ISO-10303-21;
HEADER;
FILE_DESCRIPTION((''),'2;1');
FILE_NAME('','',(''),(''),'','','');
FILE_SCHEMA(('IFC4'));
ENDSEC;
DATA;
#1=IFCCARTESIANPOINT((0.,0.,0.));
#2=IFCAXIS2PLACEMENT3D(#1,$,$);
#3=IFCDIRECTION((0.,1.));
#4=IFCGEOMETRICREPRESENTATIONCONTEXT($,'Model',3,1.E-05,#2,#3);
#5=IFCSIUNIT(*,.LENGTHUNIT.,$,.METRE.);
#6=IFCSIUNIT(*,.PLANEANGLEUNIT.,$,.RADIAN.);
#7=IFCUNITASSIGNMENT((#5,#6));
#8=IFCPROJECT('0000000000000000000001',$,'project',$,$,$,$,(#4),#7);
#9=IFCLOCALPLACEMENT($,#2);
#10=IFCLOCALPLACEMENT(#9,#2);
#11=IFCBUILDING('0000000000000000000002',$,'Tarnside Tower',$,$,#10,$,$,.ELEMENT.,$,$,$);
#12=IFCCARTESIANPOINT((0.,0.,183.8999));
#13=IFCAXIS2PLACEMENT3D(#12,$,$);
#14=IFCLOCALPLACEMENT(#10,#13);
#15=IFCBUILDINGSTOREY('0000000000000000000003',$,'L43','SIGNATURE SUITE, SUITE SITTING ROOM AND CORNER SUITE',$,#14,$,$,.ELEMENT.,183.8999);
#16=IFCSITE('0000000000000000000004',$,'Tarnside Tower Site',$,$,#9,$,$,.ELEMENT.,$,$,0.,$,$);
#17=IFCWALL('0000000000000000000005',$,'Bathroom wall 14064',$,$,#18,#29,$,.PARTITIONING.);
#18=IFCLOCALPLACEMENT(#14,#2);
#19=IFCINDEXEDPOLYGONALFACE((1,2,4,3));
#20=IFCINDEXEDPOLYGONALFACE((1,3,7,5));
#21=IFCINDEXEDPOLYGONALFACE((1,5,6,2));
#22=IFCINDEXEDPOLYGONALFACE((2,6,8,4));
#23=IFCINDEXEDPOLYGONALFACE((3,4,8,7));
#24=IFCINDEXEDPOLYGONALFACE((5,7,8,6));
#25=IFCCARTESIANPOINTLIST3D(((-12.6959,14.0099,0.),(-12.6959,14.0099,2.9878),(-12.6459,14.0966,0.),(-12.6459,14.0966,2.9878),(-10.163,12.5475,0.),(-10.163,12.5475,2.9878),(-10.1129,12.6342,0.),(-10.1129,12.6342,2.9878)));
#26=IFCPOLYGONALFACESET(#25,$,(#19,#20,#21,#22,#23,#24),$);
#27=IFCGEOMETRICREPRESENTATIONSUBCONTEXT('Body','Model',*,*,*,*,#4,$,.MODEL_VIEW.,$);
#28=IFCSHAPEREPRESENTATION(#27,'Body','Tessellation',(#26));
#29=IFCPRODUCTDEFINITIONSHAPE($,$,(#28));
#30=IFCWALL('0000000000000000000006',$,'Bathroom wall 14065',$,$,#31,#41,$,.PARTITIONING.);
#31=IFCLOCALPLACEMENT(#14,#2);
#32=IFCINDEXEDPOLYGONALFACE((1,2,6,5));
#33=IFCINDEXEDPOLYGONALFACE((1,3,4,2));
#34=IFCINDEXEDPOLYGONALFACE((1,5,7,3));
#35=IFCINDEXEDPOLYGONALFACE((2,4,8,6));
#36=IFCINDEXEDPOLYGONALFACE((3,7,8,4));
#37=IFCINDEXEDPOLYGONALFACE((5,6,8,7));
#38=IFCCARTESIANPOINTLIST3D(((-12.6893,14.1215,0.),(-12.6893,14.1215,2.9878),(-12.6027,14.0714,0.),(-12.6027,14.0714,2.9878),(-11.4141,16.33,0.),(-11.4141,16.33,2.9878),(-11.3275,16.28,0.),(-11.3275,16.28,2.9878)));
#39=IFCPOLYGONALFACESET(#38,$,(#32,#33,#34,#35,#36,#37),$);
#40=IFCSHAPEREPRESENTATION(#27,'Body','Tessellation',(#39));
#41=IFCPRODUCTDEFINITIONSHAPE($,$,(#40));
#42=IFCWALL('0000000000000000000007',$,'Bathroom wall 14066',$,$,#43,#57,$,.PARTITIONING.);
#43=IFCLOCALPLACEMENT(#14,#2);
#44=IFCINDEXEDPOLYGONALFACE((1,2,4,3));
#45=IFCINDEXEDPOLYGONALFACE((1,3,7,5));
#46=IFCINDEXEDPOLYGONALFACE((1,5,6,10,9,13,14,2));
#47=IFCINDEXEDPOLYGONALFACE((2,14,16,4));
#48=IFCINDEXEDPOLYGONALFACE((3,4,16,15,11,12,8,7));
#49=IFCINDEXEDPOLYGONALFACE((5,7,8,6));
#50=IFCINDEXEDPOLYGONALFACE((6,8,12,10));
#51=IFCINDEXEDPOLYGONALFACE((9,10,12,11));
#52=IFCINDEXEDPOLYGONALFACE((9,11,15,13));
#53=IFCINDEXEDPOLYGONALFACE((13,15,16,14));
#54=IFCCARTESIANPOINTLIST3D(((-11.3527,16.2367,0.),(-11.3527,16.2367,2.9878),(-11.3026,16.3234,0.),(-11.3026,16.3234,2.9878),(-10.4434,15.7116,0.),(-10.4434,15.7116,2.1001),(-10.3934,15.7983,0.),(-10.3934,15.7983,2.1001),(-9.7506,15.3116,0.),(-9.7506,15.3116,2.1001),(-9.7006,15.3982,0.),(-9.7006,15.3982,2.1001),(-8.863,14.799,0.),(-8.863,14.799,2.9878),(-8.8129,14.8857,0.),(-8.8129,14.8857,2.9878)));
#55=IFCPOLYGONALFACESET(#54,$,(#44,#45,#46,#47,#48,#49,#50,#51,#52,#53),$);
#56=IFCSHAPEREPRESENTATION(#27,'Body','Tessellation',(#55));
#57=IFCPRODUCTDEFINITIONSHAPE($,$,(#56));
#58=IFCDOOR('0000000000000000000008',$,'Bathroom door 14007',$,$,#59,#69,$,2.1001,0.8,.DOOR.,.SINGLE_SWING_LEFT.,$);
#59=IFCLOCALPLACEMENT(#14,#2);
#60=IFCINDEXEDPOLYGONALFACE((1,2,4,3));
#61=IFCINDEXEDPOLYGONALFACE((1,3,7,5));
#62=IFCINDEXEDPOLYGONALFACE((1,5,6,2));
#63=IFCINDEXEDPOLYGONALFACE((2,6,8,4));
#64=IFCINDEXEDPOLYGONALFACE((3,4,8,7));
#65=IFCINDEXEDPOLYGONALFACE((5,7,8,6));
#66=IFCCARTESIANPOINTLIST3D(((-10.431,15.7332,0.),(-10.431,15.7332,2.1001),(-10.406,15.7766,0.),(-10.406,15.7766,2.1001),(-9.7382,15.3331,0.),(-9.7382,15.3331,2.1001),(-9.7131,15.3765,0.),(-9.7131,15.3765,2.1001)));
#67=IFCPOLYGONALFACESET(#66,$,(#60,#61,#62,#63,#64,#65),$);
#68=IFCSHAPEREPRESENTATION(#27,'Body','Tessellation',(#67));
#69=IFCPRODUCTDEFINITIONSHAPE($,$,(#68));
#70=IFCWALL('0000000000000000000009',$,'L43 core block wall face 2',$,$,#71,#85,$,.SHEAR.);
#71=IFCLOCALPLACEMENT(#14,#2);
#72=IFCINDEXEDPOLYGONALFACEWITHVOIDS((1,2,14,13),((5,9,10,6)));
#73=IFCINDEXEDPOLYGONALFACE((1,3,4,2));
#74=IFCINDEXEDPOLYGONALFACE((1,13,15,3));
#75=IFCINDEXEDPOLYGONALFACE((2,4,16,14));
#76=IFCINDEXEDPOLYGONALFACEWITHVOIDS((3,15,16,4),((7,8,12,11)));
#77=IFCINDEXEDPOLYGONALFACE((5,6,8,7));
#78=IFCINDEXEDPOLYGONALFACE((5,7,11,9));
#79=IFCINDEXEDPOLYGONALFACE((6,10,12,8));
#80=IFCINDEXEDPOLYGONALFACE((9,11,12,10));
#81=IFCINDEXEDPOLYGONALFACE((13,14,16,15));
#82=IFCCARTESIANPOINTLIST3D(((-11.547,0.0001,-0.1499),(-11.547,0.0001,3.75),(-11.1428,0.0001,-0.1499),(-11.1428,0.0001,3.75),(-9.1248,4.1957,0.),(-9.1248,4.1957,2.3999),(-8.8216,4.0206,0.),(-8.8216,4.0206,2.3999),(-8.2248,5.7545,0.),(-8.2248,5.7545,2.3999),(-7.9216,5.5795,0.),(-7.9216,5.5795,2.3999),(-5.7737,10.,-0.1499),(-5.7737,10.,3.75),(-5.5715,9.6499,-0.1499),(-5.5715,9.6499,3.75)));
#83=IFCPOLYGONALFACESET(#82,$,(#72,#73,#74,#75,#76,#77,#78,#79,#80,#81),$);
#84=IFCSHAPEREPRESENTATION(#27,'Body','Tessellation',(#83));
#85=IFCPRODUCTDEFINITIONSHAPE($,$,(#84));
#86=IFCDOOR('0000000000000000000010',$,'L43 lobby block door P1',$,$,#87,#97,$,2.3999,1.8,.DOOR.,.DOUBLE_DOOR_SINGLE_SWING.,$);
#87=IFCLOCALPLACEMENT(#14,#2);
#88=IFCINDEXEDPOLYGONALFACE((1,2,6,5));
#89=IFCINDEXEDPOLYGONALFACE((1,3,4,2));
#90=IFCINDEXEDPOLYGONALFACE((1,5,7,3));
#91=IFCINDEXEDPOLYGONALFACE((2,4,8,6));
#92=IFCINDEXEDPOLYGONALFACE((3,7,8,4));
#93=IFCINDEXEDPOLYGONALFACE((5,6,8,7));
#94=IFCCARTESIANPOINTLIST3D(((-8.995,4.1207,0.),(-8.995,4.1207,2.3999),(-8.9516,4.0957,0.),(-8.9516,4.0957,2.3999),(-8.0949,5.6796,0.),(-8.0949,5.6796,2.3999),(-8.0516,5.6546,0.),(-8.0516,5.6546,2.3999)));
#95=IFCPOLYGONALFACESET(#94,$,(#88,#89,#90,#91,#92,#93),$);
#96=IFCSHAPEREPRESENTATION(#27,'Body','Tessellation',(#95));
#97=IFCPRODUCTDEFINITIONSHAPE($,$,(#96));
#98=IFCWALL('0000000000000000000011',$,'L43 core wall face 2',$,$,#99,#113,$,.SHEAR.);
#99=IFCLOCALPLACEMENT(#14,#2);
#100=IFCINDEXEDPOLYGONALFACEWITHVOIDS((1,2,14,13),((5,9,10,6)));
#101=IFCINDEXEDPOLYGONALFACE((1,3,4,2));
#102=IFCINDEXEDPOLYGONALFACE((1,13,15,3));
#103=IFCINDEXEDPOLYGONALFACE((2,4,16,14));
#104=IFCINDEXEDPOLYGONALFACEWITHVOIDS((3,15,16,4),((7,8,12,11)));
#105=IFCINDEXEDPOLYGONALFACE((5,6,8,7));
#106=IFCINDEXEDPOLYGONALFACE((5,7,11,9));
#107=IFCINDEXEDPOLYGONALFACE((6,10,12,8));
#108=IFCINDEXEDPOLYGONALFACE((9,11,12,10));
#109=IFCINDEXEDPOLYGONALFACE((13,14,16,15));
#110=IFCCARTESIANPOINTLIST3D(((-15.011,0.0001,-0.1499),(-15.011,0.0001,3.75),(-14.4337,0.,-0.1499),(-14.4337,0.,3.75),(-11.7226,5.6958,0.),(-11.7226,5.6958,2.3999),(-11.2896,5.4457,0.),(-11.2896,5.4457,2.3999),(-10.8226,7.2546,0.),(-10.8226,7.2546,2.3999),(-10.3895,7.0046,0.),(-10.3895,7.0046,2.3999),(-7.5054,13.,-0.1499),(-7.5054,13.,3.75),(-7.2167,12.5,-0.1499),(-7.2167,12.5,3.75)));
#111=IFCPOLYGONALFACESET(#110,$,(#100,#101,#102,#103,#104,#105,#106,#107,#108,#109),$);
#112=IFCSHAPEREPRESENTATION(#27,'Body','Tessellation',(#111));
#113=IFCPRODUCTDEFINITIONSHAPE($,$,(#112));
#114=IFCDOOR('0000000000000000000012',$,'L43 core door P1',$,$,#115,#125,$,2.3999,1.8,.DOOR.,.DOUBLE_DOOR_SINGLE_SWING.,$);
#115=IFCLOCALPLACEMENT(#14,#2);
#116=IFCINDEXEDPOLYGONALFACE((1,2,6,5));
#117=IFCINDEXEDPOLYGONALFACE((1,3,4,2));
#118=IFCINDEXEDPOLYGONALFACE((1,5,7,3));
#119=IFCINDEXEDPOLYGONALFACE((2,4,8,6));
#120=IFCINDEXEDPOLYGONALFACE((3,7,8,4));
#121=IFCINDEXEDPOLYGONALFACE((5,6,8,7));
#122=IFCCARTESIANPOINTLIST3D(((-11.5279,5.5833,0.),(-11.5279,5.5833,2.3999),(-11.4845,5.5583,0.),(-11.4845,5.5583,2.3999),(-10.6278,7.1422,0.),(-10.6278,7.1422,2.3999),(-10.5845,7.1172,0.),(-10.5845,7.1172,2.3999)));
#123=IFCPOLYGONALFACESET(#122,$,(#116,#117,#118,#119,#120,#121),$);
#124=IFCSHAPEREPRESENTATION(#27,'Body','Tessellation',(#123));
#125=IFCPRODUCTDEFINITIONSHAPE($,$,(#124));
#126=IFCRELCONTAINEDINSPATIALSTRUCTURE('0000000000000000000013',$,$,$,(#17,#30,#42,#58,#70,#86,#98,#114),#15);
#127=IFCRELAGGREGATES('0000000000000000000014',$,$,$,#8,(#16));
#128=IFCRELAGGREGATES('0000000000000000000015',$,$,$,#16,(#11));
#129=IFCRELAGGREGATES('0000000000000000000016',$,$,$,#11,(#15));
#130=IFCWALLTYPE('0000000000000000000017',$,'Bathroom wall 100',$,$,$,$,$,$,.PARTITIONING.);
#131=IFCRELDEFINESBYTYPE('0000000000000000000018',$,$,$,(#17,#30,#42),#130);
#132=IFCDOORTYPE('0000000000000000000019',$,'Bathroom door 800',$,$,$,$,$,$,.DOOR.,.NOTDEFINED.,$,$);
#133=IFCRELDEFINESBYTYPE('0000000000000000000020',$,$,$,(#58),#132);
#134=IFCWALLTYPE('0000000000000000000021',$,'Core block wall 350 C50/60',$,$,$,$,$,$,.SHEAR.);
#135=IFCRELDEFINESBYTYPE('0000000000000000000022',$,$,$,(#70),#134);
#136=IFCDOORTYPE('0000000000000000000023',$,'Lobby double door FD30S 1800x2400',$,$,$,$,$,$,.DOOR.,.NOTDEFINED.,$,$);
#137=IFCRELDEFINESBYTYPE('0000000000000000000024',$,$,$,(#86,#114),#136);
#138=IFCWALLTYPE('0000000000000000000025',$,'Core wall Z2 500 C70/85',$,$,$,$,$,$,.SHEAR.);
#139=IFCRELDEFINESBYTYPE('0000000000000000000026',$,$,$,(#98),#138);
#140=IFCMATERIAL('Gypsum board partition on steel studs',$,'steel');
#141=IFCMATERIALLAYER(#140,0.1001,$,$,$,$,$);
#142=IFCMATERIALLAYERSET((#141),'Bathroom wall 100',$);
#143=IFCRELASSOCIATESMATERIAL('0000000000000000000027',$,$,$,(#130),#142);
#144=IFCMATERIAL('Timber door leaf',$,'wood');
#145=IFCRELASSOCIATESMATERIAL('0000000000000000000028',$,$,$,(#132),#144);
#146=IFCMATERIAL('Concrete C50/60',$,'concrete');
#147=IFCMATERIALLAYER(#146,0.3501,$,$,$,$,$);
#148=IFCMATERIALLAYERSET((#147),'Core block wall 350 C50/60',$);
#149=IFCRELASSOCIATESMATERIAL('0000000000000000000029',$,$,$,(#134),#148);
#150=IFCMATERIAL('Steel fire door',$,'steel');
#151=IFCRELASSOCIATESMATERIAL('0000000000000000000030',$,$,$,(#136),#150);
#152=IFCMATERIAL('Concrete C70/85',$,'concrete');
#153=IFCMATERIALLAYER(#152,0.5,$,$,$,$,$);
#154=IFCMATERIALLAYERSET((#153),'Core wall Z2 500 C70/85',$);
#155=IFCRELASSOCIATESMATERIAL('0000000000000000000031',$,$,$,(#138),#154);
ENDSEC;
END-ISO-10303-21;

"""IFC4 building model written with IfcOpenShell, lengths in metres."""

from ifc_helpers import new_model, si_unit, direction, frame, frame_2d, origin, place, context, subcontext, project, spatial, polyline, rectangle, outline, extrude, material, layer, layer_set, type_object, element, fill, save


model = new_model("IFC4")

# Units and contexts
model_context = context("Model", 3, precision=1e-05, world=origin(), true_north=direction((0.0, 1.0)))
body_context = subcontext(model_context, "Body", "Model", "MODEL_VIEW")
ifc_project = project(units=[si_unit("LENGTHUNIT", "METRE"), si_unit("PLANEANGLEUNIT", "RADIAN")], contexts=[model_context])

# Site, building, storey
site_placement = place(None, origin())
site = spatial("IfcSite", under=ifc_project, at=site_placement, Name="Tarnside Tower Site", CompositionType="ELEMENT", RefElevation=0.0)
building_placement = place(site_placement, origin())
building = spatial("IfcBuilding", under=site, at=building_placement, Name="Tarnside Tower", CompositionType="ELEMENT")
storey_placement = place(building_placement, frame((0.0, 0.0, 183.8999)))
storey = spatial("IfcBuildingStorey", under=building, at=storey_placement, Name="L43", Description="SIGNATURE SUITE, SUITE SITTING ROOM AND CORNER SUITE", CompositionType="ELEMENT", Elevation=183.8999)

# Walls
ifc_material_1 = material(Name="Gypsum board partition on steel studs", Category="steel")
ifc_layer_1 = layer(ifc_material_1, 0.1001)
ifc_layer_set_1 = layer_set([ifc_layer_1], Name="Bathroom wall 100")
wall_type_1 = type_object("IfcWallType", Name="Bathroom wall 100", PredefinedType="PARTITIONING", material=ifc_layer_set_1)
wall_1_placement = place(storey_placement, frame((-10.1379, 12.5908, 0.0), z_axis=(0.0, 0.0, 1.0), x_axis=(-0.866026, 0.499999, 0.0)))
element("IfcWall", 1, at=wall_1_placement, inside=storey, type_object=wall_type_1, Name="Bathroom wall 14064", PredefinedType="PARTITIONING", context=body_context, shape_type="SweptSolid", body=[
    extrude(rectangle(XDim=2.9248, YDim=0.1001, at=frame_2d((1.4624, 0.0))), origin(), (0.0, 0.0, 1.0), 2.9878),
])
wall_2_placement = place(storey_placement, frame((-12.646, 14.0964, 0.0), z_axis=(0.0, 0.0, 1.0), x_axis=(0.500021, 0.866013, 0.0)))
element("IfcWall", 2, at=wall_2_placement, inside=storey, type_object=wall_type_1, Name="Bathroom wall 14065", PredefinedType="PARTITIONING", context=body_context, shape_type="SweptSolid", body=[
    extrude(rectangle(XDim=2.5503, YDim=0.1001, at=frame_2d((1.2751, 0.0))), origin(), (0.0, 0.0, 1.0), 2.9878),
])

# Walls, openings, doors
wall_3_placement = place(storey_placement, frame((-11.3276, 16.28, 0.0), z_axis=(0.0, 0.0, 1.0), x_axis=(0.865982, -0.500075, 0.0)))
wall_3 = element("IfcWall", 3, at=wall_3_placement, inside=storey, type_object=wall_type_1, Name="Bathroom wall 14066", PredefinedType="PARTITIONING", context=body_context, shape_type="SweptSolid", body=[
    extrude(rectangle(XDim=2.875, YDim=0.1001, at=frame_2d((1.4375, 0.0))), origin(), (0.0, 0.0, 1.0), 2.9878),
])
opening_1_placement = place(wall_3_placement, frame((1.05, 0.0, 0.0)))
opening_1 = element("IfcOpeningElement", 4, at=opening_1_placement, cuts=wall_3, PredefinedType="OPENING", context=body_context, shape_type="SweptSolid", body=[
    extrude(rectangle(XDim=0.8, YDim=2.1001, at=frame_2d((0.3999, 1.05))), frame((0.0, 0.0601, 0.0), z_axis=(0.0, -1.0, 0.0), x_axis=(1.0, 0.0, 0.0)), (0.0, 0.0, 1.0), 0.1201),
])
ifc_material_2 = material(Name="Timber door leaf", Category="wood")
door_type_1 = type_object("IfcDoorType", Name="Bathroom door 800", OperationType="NOTDEFINED", PredefinedType="DOOR", material=ifc_material_2)
door_1_placement = place(opening_1_placement, origin())
door_1 = element("IfcDoor", 5, at=door_1_placement, inside=storey, type_object=door_type_1, Name="Bathroom door 14007", OperationType="SINGLE_SWING_LEFT", OverallHeight=2.1001, OverallWidth=0.8, PredefinedType="DOOR", context=body_context, shape_type="SweptSolid", body=[
    extrude(rectangle(XDim=0.8, YDim=2.1001, at=frame_2d((0.3999, 1.05))), frame((0.0, 0.0249, 0.0), z_axis=(0.0, -1.0, 0.0), x_axis=(1.0, 0.0, 0.0)), (0.0, 0.0, 1.0), 0.05),
])
fill(opening_1, door_1)
ifc_material_3 = material(Name="Concrete C50/60", Category="concrete")
ifc_layer_2 = layer(ifc_material_3, 0.3501)
ifc_layer_set_2 = layer_set([ifc_layer_2], Name="Core block wall 350 C50/60")
wall_type_2 = type_object("IfcWallType", Name="Core block wall 350 C50/60", PredefinedType="SHEAR", material=ifc_layer_set_2)
wall_4_placement = place(storey_placement, frame((-5.6726, 9.825, -0.1499), z_axis=(0.0, 0.0, 1.0), x_axis=(-0.499995, -0.866028, 0.0)))
wall_4 = element("IfcWall", 6, at=wall_4_placement, inside=storey, type_object=wall_type_2, Name="L43 core block wall face 2", PredefinedType="SHEAR", context=body_context, shape_type="SweptSolid", body=[
    extrude(outline(polyline([(-0.1011, -0.175), (11.4458, -0.175), (11.2437, 0.175), (0.1011, 0.175), (-0.1011, -0.175)])), origin(), (0.0, 0.0, 1.0), 3.8999),
])
opening_2_placement = place(wall_4_placement, frame((4.8013, 0.0, 0.1499)))
opening_2 = element("IfcOpeningElement", 7, at=opening_2_placement, cuts=wall_4, PredefinedType="OPENING", context=body_context, shape_type="SweptSolid", body=[
    extrude(rectangle(XDim=1.8, YDim=2.3999, at=frame_2d((0.8999, 1.2))), frame((0.0, 0.1851, 0.0), z_axis=(0.0, -1.0, 0.0), x_axis=(1.0, 0.0, 0.0)), (0.0, 0.0, 1.0), 0.3701),
])
ifc_material_4 = material(Name="Steel fire door", Category="steel")
door_type_2 = type_object("IfcDoorType", Name="Lobby double door FD30S 1800x2400", OperationType="NOTDEFINED", PredefinedType="DOOR", material=ifc_material_4)
door_2_placement = place(opening_2_placement, origin())
door_2 = element("IfcDoor", 8, at=door_2_placement, inside=storey, type_object=door_type_2, Name="L43 lobby block door P1", OperationType="DOUBLE_DOOR_SINGLE_SWING", OverallHeight=2.3999, OverallWidth=1.8, PredefinedType="DOOR", context=body_context, shape_type="SweptSolid", body=[
    extrude(rectangle(XDim=1.8, YDim=2.3999, at=frame_2d((0.8999, 1.2))), frame((0.0, 0.0249, 0.0), z_axis=(0.0, -1.0, 0.0), x_axis=(1.0, 0.0, 0.0)), (0.0, 0.0, 1.0), 0.05),
])
fill(opening_2, door_2)
ifc_material_5 = material(Name="Concrete C70/85", Category="concrete")
ifc_layer_3 = layer(ifc_material_5, 0.5)
ifc_layer_set_3 = layer_set([ifc_layer_3], Name="Core wall Z2 500 C70/85")
wall_type_3 = type_object("IfcWallType", Name="Core wall Z2 500 C70/85", PredefinedType="SHEAR", material=ifc_layer_set_3)
wall_5_placement = place(storey_placement, frame((-7.3611, 12.75, -0.1499), z_axis=(0.0, 0.0, 1.0), x_axis=(-0.500006, -0.866022, 0.0)))
wall_5 = element("IfcWall", 9, at=wall_5_placement, inside=storey, type_object=wall_type_3, Name="L43 core wall face 2", PredefinedType="SHEAR", context=body_context, shape_type="SweptSolid", body=[
    extrude(outline(polyline([(-0.1443, -0.25), (14.8667, -0.25), (14.5781, 0.25), (0.1443, 0.25), (-0.1443, -0.25)])), origin(), (0.0, 0.0, 1.0), 3.8999),
])
opening_3_placement = place(wall_5_placement, frame((6.49, 0.0, 0.1499)))
opening_3 = element("IfcOpeningElement", 10, at=opening_3_placement, cuts=wall_5, PredefinedType="OPENING", context=body_context, shape_type="SweptSolid", body=[
    extrude(rectangle(XDim=1.8, YDim=2.3999, at=frame_2d((0.8999, 1.2))), frame((0.0, 0.26, 0.0), z_axis=(0.0, -1.0, 0.0), x_axis=(1.0, 0.0, 0.0)), (0.0, 0.0, 1.0), 0.52),
])
door_3_placement = place(opening_3_placement, origin())
door_3 = element("IfcDoor", 11, at=door_3_placement, inside=storey, type_object=door_type_2, Name="L43 core door P1", OperationType="DOUBLE_DOOR_SINGLE_SWING", OverallHeight=2.3999, OverallWidth=1.8, PredefinedType="DOOR", context=body_context, shape_type="SweptSolid", body=[
    extrude(rectangle(XDim=1.8, YDim=2.3999, at=frame_2d((0.8999, 1.2))), frame((0.0, 0.0249, 0.0), z_axis=(0.0, -1.0, 0.0), x_axis=(1.0, 0.0, 0.0)), (0.0, 0.0, 1.0), 0.05),
])
fill(opening_3, door_3)

save(model, "model.ifc")
